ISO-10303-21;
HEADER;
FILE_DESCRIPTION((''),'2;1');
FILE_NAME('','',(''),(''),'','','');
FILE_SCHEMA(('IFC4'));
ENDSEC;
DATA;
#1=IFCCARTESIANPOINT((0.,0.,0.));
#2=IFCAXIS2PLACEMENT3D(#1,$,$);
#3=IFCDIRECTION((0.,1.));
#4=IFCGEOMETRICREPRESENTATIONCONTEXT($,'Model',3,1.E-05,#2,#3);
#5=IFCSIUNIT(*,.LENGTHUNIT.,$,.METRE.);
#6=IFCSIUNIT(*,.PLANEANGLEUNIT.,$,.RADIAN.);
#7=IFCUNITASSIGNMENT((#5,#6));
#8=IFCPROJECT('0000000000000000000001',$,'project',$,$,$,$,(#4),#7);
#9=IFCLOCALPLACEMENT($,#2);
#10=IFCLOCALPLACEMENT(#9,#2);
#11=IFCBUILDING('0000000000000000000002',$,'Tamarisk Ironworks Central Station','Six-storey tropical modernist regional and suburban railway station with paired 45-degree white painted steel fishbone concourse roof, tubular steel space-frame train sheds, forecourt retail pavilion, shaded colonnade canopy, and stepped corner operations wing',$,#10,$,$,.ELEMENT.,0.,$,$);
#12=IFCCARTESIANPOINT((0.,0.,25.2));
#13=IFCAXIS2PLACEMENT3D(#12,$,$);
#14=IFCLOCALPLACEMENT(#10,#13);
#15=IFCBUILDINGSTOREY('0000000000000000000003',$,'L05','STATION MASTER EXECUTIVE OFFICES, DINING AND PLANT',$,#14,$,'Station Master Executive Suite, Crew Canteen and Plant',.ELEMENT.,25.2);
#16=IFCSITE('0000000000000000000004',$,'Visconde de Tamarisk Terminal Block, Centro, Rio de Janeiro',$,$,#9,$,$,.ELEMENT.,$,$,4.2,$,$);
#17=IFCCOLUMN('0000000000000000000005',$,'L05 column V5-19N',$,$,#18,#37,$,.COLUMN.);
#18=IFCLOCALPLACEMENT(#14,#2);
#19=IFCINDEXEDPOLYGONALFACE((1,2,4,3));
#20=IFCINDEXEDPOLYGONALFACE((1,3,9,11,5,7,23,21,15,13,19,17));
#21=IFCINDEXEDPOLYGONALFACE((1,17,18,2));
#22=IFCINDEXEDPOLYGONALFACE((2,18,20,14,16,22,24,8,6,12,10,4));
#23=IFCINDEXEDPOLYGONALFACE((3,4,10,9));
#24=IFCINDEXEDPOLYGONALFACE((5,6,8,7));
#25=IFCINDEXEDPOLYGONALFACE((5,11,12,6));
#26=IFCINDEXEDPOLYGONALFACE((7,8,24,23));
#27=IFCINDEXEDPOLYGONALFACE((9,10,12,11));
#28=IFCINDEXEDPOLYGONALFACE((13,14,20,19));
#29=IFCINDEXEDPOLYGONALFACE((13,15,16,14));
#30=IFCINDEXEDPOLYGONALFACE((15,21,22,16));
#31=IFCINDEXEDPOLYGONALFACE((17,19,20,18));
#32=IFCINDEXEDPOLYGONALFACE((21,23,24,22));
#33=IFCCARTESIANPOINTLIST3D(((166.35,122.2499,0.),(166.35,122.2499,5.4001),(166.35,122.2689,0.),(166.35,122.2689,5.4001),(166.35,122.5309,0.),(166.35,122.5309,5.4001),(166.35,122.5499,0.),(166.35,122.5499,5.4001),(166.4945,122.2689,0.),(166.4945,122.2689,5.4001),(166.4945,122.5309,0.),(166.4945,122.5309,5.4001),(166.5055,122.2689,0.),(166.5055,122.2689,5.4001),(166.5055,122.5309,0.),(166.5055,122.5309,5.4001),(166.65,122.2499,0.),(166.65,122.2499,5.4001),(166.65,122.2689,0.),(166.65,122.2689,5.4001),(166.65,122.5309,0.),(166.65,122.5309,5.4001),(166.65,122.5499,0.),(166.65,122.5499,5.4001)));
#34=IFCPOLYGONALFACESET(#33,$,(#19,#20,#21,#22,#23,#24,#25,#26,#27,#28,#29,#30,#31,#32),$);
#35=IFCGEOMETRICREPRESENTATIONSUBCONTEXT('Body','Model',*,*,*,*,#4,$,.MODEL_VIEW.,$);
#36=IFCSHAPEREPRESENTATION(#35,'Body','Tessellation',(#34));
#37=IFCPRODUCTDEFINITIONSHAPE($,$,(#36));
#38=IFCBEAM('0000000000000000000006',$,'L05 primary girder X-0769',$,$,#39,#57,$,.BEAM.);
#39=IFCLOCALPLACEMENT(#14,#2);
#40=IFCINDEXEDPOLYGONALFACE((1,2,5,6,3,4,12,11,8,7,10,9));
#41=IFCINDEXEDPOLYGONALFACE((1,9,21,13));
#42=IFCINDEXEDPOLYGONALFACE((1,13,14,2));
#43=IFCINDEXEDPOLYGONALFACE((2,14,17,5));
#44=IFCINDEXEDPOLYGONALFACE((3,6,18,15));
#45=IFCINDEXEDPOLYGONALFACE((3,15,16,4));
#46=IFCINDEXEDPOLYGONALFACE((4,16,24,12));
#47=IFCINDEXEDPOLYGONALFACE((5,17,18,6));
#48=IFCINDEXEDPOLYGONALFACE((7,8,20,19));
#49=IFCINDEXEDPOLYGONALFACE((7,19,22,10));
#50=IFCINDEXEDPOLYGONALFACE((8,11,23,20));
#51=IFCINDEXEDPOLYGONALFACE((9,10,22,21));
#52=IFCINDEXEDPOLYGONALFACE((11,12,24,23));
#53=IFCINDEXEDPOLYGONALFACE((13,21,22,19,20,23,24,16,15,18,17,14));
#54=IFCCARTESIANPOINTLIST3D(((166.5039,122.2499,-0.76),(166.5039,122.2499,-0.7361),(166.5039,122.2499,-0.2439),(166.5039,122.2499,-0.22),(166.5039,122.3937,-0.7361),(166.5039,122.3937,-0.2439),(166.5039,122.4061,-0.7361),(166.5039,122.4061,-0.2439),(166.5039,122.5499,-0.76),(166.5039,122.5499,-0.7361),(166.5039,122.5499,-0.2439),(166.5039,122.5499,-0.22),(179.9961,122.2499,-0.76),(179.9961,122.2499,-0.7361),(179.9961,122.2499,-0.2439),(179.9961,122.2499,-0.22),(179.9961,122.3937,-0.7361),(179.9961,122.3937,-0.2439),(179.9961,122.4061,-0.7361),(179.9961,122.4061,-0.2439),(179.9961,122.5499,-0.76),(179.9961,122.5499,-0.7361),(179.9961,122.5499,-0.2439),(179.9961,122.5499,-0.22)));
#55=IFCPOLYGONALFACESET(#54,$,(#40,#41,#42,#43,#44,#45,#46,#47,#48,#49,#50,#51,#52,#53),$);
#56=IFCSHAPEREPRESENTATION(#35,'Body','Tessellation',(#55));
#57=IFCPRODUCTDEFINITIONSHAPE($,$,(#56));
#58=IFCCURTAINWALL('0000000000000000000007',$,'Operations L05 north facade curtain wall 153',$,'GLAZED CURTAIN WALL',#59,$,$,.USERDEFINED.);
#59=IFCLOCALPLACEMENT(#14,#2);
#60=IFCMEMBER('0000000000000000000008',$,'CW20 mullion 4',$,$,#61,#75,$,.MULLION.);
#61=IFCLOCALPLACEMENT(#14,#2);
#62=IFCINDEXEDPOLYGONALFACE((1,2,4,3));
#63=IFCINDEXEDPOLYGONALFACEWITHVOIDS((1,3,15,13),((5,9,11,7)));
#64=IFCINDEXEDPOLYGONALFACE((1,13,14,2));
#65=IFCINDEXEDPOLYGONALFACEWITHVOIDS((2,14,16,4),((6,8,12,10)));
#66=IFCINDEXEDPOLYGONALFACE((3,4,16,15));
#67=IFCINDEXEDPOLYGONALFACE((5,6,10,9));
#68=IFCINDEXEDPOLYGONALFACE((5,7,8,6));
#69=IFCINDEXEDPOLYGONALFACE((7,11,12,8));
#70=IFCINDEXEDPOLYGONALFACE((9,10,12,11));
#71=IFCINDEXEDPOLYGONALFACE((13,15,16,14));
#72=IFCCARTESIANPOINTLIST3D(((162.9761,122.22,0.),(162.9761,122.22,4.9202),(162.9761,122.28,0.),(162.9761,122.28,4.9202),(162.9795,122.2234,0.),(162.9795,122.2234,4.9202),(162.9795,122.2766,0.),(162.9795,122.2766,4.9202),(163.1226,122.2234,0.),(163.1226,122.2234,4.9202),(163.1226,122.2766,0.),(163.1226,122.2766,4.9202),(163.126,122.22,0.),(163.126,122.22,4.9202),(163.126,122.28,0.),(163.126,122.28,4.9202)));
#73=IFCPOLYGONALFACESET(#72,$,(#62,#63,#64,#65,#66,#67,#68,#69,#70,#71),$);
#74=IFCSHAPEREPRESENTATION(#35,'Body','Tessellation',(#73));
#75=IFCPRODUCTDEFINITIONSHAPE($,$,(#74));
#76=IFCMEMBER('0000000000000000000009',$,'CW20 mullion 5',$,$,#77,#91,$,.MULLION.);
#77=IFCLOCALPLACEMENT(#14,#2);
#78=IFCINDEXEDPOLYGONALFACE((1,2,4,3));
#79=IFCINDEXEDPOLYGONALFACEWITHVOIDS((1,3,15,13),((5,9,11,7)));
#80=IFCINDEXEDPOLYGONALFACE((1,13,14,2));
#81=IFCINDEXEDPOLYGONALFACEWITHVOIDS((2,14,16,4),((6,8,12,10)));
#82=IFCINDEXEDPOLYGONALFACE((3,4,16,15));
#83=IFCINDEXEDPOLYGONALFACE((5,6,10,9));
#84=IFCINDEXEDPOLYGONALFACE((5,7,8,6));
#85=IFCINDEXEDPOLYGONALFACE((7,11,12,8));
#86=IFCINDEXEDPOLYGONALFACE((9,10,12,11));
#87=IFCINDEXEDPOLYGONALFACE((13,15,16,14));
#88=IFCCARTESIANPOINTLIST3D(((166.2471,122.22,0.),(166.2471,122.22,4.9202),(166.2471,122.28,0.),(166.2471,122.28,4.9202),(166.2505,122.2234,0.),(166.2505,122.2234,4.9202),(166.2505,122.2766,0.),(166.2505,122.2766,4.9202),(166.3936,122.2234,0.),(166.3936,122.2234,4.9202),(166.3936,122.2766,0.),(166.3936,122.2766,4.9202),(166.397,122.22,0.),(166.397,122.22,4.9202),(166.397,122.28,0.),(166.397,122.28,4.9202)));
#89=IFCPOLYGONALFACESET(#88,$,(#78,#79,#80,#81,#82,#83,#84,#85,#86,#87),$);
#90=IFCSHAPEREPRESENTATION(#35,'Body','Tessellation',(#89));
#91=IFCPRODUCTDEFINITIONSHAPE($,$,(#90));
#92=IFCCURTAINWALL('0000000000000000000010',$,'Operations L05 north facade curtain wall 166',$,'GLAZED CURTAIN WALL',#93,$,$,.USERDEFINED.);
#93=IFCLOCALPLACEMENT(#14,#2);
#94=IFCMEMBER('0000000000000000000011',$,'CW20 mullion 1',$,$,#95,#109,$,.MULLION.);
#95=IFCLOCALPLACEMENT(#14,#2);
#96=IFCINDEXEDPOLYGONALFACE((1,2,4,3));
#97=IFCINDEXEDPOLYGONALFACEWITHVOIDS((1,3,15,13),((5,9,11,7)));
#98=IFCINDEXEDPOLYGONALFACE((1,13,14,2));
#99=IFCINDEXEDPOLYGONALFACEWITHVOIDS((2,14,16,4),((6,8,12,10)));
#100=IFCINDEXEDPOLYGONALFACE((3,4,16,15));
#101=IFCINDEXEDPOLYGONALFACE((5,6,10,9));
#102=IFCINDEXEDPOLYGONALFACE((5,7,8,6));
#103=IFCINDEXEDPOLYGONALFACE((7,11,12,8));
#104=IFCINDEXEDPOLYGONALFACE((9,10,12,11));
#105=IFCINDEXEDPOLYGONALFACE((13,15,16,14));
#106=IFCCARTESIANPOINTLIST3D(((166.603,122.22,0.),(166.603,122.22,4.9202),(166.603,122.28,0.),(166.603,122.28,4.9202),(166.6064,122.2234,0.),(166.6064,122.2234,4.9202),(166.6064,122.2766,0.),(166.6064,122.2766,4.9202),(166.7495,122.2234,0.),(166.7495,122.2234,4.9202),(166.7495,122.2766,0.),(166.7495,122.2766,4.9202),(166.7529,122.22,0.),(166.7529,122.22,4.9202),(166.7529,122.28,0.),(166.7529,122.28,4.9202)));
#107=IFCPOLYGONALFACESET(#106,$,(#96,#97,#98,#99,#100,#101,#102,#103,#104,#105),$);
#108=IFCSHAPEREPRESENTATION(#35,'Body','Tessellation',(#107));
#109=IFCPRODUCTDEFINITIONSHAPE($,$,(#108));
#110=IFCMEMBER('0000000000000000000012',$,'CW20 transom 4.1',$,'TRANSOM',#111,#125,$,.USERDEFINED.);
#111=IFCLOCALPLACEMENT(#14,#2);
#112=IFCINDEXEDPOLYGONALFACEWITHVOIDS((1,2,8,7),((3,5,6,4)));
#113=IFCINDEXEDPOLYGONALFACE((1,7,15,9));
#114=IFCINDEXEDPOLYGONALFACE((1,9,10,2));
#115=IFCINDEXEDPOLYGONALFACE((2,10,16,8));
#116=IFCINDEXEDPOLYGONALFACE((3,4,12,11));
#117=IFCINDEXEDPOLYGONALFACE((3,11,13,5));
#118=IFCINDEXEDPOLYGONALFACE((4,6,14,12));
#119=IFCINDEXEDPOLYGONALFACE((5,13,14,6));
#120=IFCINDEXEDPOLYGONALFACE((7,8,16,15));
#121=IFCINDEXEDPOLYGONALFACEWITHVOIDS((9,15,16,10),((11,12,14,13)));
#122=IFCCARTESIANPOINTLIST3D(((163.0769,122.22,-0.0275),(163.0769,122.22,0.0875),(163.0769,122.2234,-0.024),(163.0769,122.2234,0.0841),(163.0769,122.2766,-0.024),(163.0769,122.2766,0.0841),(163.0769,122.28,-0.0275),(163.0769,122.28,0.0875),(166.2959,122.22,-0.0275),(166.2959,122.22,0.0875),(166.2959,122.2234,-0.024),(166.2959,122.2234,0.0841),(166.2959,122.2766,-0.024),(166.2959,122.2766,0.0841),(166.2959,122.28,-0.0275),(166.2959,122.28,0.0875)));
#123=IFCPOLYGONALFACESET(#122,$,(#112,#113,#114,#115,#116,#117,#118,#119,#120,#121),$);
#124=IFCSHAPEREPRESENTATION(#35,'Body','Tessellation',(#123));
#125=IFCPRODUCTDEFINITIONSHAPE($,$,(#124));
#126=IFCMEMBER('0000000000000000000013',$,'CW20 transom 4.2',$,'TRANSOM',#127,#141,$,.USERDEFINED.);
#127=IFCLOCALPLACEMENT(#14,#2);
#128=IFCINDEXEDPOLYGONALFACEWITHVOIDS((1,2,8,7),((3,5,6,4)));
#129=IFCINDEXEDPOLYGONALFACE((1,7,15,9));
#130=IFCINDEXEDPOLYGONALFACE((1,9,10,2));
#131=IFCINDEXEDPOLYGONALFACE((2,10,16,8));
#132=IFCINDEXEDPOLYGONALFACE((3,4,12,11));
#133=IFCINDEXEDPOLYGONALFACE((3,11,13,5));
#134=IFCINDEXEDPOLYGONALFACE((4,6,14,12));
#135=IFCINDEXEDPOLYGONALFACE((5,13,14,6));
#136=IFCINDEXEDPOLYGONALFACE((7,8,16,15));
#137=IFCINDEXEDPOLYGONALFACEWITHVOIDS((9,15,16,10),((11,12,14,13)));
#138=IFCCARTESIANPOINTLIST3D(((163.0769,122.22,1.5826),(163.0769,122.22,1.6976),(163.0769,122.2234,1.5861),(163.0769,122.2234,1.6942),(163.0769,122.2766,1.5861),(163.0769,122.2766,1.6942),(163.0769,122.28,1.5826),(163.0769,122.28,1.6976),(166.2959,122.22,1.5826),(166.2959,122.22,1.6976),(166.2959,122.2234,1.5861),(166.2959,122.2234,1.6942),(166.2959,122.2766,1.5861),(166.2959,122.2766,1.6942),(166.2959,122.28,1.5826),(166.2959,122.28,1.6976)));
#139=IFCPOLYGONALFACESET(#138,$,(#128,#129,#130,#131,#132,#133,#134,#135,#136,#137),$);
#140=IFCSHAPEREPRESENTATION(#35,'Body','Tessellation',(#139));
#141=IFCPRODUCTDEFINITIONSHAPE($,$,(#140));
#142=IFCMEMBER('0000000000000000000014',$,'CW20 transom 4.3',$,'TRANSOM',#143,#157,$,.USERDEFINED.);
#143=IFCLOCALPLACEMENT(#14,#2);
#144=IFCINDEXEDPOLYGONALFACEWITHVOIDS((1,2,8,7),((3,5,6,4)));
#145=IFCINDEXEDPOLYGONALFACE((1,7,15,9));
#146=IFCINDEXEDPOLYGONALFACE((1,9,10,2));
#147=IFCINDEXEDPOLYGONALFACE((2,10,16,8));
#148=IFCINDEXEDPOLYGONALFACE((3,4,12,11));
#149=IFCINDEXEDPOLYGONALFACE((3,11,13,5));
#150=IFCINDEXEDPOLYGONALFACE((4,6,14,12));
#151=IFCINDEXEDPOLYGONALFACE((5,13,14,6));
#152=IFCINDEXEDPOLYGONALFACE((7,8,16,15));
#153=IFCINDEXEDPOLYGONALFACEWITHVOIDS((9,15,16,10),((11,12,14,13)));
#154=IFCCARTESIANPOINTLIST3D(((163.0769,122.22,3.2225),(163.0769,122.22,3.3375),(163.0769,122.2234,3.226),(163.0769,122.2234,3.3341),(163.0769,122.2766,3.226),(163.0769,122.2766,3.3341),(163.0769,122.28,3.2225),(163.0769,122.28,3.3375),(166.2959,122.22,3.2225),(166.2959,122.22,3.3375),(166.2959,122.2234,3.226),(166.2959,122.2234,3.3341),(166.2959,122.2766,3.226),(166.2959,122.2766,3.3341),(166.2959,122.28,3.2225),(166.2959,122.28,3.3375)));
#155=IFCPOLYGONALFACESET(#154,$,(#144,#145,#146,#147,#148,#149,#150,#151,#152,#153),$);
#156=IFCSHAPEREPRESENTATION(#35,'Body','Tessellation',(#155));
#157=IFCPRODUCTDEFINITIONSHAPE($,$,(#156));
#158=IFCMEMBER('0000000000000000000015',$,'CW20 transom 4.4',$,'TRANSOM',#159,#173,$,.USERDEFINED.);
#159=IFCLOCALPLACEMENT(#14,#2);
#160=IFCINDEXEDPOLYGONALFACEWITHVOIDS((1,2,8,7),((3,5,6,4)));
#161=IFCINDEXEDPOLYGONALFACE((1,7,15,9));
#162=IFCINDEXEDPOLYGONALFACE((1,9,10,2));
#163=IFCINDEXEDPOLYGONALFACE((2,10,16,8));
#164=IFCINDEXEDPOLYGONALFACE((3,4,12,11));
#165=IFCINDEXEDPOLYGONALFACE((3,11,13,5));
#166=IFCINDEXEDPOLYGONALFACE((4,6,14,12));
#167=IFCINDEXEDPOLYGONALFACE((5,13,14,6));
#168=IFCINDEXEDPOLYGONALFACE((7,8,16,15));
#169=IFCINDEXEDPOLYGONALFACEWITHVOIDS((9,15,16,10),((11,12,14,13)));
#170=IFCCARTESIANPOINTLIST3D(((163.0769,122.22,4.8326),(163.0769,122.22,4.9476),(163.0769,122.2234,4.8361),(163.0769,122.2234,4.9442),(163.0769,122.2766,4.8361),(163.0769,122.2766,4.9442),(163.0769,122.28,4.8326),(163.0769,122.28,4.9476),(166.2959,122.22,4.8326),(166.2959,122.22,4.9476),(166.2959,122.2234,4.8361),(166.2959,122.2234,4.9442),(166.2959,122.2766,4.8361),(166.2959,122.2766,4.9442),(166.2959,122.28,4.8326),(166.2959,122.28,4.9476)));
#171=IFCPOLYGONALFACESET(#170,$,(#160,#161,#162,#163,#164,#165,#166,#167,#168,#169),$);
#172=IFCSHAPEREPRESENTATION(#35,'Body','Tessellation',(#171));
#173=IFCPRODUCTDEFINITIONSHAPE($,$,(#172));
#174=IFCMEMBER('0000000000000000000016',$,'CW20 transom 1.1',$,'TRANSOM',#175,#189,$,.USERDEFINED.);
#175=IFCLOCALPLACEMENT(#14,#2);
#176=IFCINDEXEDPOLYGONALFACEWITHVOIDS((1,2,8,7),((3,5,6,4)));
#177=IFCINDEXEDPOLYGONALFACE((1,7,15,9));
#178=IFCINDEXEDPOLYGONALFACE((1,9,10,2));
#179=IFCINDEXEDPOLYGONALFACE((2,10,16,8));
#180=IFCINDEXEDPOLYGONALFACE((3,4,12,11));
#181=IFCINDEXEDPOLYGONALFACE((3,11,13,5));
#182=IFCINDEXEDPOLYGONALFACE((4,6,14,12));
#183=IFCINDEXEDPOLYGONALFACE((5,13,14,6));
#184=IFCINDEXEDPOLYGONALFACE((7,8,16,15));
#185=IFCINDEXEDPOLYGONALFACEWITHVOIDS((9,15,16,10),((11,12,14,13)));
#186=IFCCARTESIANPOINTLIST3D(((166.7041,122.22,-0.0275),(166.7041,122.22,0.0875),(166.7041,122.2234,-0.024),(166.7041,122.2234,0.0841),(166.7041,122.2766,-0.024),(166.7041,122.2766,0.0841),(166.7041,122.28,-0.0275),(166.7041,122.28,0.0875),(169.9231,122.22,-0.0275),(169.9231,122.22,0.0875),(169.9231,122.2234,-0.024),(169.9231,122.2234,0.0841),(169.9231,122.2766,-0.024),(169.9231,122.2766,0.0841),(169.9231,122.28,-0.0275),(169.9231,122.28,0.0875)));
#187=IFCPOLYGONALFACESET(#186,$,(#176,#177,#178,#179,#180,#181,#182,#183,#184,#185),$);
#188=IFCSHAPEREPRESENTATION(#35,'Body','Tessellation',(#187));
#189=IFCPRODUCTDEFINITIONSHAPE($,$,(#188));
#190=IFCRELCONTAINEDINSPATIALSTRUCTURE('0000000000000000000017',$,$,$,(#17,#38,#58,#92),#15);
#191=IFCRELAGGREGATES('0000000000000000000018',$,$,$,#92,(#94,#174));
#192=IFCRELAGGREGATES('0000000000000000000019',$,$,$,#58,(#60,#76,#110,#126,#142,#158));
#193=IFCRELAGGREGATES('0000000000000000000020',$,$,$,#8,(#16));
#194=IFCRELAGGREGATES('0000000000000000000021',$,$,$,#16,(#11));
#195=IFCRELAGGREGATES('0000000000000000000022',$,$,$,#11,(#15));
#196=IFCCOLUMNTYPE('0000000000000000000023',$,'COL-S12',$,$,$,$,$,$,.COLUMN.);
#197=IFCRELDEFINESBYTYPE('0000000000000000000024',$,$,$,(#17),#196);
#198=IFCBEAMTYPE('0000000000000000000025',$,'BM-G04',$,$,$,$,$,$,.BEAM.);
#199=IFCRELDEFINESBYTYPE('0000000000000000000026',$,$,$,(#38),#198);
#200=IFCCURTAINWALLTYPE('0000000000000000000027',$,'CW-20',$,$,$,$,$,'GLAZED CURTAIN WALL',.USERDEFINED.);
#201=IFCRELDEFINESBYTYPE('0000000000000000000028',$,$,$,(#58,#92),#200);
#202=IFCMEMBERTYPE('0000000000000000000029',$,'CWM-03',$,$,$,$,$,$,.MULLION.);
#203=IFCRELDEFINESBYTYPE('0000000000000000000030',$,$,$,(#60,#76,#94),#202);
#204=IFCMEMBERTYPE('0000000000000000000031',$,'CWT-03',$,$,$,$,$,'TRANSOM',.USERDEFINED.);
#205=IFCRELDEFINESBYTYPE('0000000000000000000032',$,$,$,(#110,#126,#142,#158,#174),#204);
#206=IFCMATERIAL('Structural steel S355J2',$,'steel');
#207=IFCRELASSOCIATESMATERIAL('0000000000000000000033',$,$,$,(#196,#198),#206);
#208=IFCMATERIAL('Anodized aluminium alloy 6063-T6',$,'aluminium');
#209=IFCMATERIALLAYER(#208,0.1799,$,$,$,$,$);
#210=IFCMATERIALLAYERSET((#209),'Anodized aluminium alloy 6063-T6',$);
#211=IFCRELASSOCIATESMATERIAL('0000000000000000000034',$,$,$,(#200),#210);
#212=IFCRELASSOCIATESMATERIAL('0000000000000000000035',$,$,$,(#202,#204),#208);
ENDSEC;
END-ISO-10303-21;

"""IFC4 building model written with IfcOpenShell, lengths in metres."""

from ifc_helpers import new_model, si_unit, direction, frame, origin, origin_2d, place, context, subcontext, project, spatial, hollow_rectangle, i_section, extrude, material, layer, layer_set, material_profile, profile_set, type_object, element, aggregate, save


model = new_model("IFC4")

# Units and contexts
model_context = context("Model", 3, precision=1e-05, world=origin(), true_north=direction((0.0, 1.0)))
body_context = subcontext(model_context, "Body", "Model", "MODEL_VIEW")
ifc_project = project(units=[si_unit("LENGTHUNIT", "METRE"), si_unit("PLANEANGLEUNIT", "RADIAN")], contexts=[model_context])

# Site, building, storey
site_placement = place(None, origin())
site = spatial("IfcSite", under=ifc_project, at=site_placement, Name="Visconde de Tamarisk Terminal Block, Centro, Rio de Janeiro", CompositionType="ELEMENT", RefElevation=4.2)
building_placement = place(site_placement, origin())
building = spatial("IfcBuilding", under=site, at=building_placement, Name="Tamarisk Ironworks Central Station", Description="Six-storey tropical modernist regional and suburban railway station with paired 45-degree white painted steel fishbone concourse roof, tubular steel space-frame train sheds, forecourt retail pavilion, shaded colonnade canopy, and stepped corner operations wing", CompositionType="ELEMENT", ElevationOfRefHeight=0.0)
storey_placement = place(building_placement, frame((0.0, 0.0, 25.2)))
storey = spatial("IfcBuildingStorey", under=building, at=storey_placement, Name="L05", Description="STATION MASTER EXECUTIVE OFFICES, DINING AND PLANT", LongName="Station Master Executive Suite, Crew Canteen and Plant", CompositionType="ELEMENT", Elevation=25.2)

# Column
ifc_material_1 = material(Name="Structural steel S355J2", Category="steel")
ifc_material_profile_1 = material_profile(ifc_material_1, i_section(OverallWidth=0.3, OverallDepth=0.3, WebThickness=0.011, FlangeThickness=0.019, at=origin_2d()), Name="HEB 300")
ifc_profile_set_1 = profile_set([ifc_material_profile_1], Name="Structural steel S355J2")
column_type = type_object("IfcColumnType", Name="COL-S12", PredefinedType="COLUMN", material=ifc_profile_set_1)
column_placement = place(storey_placement, frame((166.5, 122.3999, 0.0), z_axis=(0.0, 0.0, 1.0), x_axis=(1.0, 0.0, 0.0)))
element("IfcColumn", 1, at=column_placement, inside=storey, type_object=column_type, Name="L05 column V5-19N", PredefinedType="COLUMN", context=body_context, shape_type="SweptSolid", body=[
    extrude(i_section(OverallWidth=0.3, OverallDepth=0.3, WebThickness=0.011, FlangeThickness=0.019, at=origin_2d()), origin(), (0.0, 0.0, 1.0), 5.4001),
])

# Beam
ifc_material_profile_2 = material_profile(ifc_material_1, i_section(OverallWidth=0.3, OverallDepth=0.54, WebThickness=0.0125, FlangeThickness=0.0239, at=origin_2d()), Name="HEA 550")
ifc_profile_set_2 = profile_set([ifc_material_profile_2], Name="Structural steel S355J2")
beam_type = type_object("IfcBeamType", Name="BM-G04", PredefinedType="BEAM", material=ifc_profile_set_2)
beam_placement = place(storey_placement, frame((166.5039, 122.3999, -0.49), z_axis=(1.0, 0.0, 0.0), x_axis=(0.0, 1.0, 0.0)))
element("IfcBeam", 2, at=beam_placement, inside=storey, type_object=beam_type, Name="L05 primary girder X-0769", PredefinedType="BEAM", context=body_context, shape_type="SweptSolid", body=[
    extrude(i_section(OverallWidth=0.3, OverallDepth=0.54, WebThickness=0.0125, FlangeThickness=0.0239, at=origin_2d()), origin(), (0.0, 0.0, 1.0), 13.4922),
])

# Curtain wall, members
ifc_material_2 = material(Name="Anodized aluminium alloy 6063-T6", Category="aluminium")
ifc_layer_1 = layer(ifc_material_2, 0.1799)
ifc_layer_set_1 = layer_set([ifc_layer_1], Name="Anodized aluminium alloy 6063-T6")
curtain_wall_type = type_object("IfcCurtainWallType", Name="CW-20", ElementType="GLAZED CURTAIN WALL", PredefinedType="USERDEFINED", material=ifc_layer_set_1)
curtain_wall_1_placement = place(storey_placement, origin())
curtain_wall_1 = element("IfcCurtainWall", 3, at=curtain_wall_1_placement, inside=storey, type_object=curtain_wall_type, Name="Operations L05 north facade curtain wall 153", ObjectType="GLAZED CURTAIN WALL", PredefinedType="USERDEFINED")
ifc_material_profile_3 = material_profile(ifc_material_2, hollow_rectangle(XDim=0.0601, YDim=0.1499, WallThickness=0.0034, at=origin_2d()), Name="ALUM 150x60")
ifc_profile_set_3 = profile_set([ifc_material_profile_3], Name="Anodized aluminium alloy 6063-T6")
member_type_1 = type_object("IfcMemberType", Name="CWM-03", PredefinedType="MULLION", material=ifc_profile_set_3)
member_1_placement = place(storey_placement, frame((163.051, 122.25, 0.0), z_axis=(0.0, 0.0, 1.0), x_axis=(0.0, 1.0, 0.0)))
member_1 = element("IfcMember", 4, at=member_1_placement, type_object=member_type_1, Name="CW20 mullion 4", PredefinedType="MULLION", context=body_context, shape_type="SweptSolid", body=[
    extrude(hollow_rectangle(XDim=0.0601, YDim=0.1499, WallThickness=0.0034, at=origin_2d()), origin(), (0.0, 0.0, 1.0), 4.9202),
])
member_2_placement = place(storey_placement, frame((166.322, 122.25, 0.0), z_axis=(0.0, 0.0, 1.0), x_axis=(0.0, 1.0, 0.0)))
member_2 = element("IfcMember", 5, at=member_2_placement, type_object=member_type_1, Name="CW20 mullion 5", PredefinedType="MULLION", context=body_context, shape_type="SweptSolid", body=[
    extrude(hollow_rectangle(XDim=0.0601, YDim=0.1499, WallThickness=0.0034, at=origin_2d()), origin(), (0.0, 0.0, 1.0), 4.9202),
])

# Curtain wall, member
curtain_wall_2_placement = place(storey_placement, origin())
curtain_wall_2 = element("IfcCurtainWall", 6, at=curtain_wall_2_placement, inside=storey, type_object=curtain_wall_type, Name="Operations L05 north facade curtain wall 166", ObjectType="GLAZED CURTAIN WALL", PredefinedType="USERDEFINED")
member_3_placement = place(storey_placement, frame((166.678, 122.25, 0.0), z_axis=(0.0, 0.0, 1.0), x_axis=(0.0, 1.0, 0.0)))
member_3 = element("IfcMember", 7, at=member_3_placement, type_object=member_type_1, Name="CW20 mullion 1", PredefinedType="MULLION", context=body_context, shape_type="SweptSolid", body=[
    extrude(hollow_rectangle(XDim=0.0601, YDim=0.1499, WallThickness=0.0034, at=origin_2d()), origin(), (0.0, 0.0, 1.0), 4.9202),
])

# Members
ifc_material_profile_4 = material_profile(ifc_material_2, hollow_rectangle(XDim=0.0601, YDim=0.115, WallThickness=0.0034, at=origin_2d()), Name="ALUM 115x60")
ifc_profile_set_4 = profile_set([ifc_material_profile_4], Name="Anodized aluminium alloy 6063-T6")
member_type_2 = type_object("IfcMemberType", Name="CWT-03", ElementType="TRANSOM", PredefinedType="USERDEFINED", material=ifc_profile_set_4)
member_4_placement = place(storey_placement, frame((163.0769, 122.25, 0.03), z_axis=(1.0, 0.0, 0.0), x_axis=(0.0, 1.0, 0.0)))
member_4 = element("IfcMember", 8, at=member_4_placement, type_object=member_type_2, Name="CW20 transom 4.1", ObjectType="TRANSOM", PredefinedType="USERDEFINED", context=body_context, shape_type="SweptSolid", body=[
    extrude(hollow_rectangle(XDim=0.0601, YDim=0.115, WallThickness=0.0034, at=origin_2d()), origin(), (0.0, 0.0, 1.0), 3.219),
])
member_5_placement = place(storey_placement, frame((163.0769, 122.25, 1.6401), z_axis=(1.0, 0.0, 0.0), x_axis=(0.0, 1.0, 0.0)))
member_5 = element("IfcMember", 9, at=member_5_placement, type_object=member_type_2, Name="CW20 transom 4.2", ObjectType="TRANSOM", PredefinedType="USERDEFINED", context=body_context, shape_type="SweptSolid", body=[
    extrude(hollow_rectangle(XDim=0.0601, YDim=0.115, WallThickness=0.0034, at=origin_2d()), origin(), (0.0, 0.0, 1.0), 3.219),
])
member_6_placement = place(storey_placement, frame((163.0769, 122.25, 3.28), z_axis=(1.0, 0.0, 0.0), x_axis=(0.0, 1.0, 0.0)))
member_6 = element("IfcMember", 10, at=member_6_placement, type_object=member_type_2, Name="CW20 transom 4.3", ObjectType="TRANSOM", PredefinedType="USERDEFINED", context=body_context, shape_type="SweptSolid", body=[
    extrude(hollow_rectangle(XDim=0.0601, YDim=0.115, WallThickness=0.0034, at=origin_2d()), origin(), (0.0, 0.0, 1.0), 3.219),
])
member_7_placement = place(storey_placement, frame((163.0769, 122.25, 4.8901), z_axis=(1.0, 0.0, 0.0), x_axis=(0.0, 1.0, 0.0)))
member_7 = element("IfcMember", 11, at=member_7_placement, type_object=member_type_2, Name="CW20 transom 4.4", ObjectType="TRANSOM", PredefinedType="USERDEFINED", context=body_context, shape_type="SweptSolid", body=[
    extrude(hollow_rectangle(XDim=0.0601, YDim=0.115, WallThickness=0.0034, at=origin_2d()), origin(), (0.0, 0.0, 1.0), 3.219),
])
member_8_placement = place(storey_placement, frame((166.7041, 122.25, 0.03), z_axis=(1.0, 0.0, 0.0), x_axis=(0.0, 1.0, 0.0)))
member_8 = element("IfcMember", 12, at=member_8_placement, type_object=member_type_2, Name="CW20 transom 1.1", ObjectType="TRANSOM", PredefinedType="USERDEFINED", context=body_context, shape_type="SweptSolid", body=[
    extrude(hollow_rectangle(XDim=0.0601, YDim=0.115, WallThickness=0.0034, at=origin_2d()), origin(), (0.0, 0.0, 1.0), 3.219),
])
aggregate(curtain_wall_2, [member_3, member_8])

aggregate(curtain_wall_1, [member_1, member_2, member_4, member_5, member_6, member_7])

save(model, "model.ifc")
